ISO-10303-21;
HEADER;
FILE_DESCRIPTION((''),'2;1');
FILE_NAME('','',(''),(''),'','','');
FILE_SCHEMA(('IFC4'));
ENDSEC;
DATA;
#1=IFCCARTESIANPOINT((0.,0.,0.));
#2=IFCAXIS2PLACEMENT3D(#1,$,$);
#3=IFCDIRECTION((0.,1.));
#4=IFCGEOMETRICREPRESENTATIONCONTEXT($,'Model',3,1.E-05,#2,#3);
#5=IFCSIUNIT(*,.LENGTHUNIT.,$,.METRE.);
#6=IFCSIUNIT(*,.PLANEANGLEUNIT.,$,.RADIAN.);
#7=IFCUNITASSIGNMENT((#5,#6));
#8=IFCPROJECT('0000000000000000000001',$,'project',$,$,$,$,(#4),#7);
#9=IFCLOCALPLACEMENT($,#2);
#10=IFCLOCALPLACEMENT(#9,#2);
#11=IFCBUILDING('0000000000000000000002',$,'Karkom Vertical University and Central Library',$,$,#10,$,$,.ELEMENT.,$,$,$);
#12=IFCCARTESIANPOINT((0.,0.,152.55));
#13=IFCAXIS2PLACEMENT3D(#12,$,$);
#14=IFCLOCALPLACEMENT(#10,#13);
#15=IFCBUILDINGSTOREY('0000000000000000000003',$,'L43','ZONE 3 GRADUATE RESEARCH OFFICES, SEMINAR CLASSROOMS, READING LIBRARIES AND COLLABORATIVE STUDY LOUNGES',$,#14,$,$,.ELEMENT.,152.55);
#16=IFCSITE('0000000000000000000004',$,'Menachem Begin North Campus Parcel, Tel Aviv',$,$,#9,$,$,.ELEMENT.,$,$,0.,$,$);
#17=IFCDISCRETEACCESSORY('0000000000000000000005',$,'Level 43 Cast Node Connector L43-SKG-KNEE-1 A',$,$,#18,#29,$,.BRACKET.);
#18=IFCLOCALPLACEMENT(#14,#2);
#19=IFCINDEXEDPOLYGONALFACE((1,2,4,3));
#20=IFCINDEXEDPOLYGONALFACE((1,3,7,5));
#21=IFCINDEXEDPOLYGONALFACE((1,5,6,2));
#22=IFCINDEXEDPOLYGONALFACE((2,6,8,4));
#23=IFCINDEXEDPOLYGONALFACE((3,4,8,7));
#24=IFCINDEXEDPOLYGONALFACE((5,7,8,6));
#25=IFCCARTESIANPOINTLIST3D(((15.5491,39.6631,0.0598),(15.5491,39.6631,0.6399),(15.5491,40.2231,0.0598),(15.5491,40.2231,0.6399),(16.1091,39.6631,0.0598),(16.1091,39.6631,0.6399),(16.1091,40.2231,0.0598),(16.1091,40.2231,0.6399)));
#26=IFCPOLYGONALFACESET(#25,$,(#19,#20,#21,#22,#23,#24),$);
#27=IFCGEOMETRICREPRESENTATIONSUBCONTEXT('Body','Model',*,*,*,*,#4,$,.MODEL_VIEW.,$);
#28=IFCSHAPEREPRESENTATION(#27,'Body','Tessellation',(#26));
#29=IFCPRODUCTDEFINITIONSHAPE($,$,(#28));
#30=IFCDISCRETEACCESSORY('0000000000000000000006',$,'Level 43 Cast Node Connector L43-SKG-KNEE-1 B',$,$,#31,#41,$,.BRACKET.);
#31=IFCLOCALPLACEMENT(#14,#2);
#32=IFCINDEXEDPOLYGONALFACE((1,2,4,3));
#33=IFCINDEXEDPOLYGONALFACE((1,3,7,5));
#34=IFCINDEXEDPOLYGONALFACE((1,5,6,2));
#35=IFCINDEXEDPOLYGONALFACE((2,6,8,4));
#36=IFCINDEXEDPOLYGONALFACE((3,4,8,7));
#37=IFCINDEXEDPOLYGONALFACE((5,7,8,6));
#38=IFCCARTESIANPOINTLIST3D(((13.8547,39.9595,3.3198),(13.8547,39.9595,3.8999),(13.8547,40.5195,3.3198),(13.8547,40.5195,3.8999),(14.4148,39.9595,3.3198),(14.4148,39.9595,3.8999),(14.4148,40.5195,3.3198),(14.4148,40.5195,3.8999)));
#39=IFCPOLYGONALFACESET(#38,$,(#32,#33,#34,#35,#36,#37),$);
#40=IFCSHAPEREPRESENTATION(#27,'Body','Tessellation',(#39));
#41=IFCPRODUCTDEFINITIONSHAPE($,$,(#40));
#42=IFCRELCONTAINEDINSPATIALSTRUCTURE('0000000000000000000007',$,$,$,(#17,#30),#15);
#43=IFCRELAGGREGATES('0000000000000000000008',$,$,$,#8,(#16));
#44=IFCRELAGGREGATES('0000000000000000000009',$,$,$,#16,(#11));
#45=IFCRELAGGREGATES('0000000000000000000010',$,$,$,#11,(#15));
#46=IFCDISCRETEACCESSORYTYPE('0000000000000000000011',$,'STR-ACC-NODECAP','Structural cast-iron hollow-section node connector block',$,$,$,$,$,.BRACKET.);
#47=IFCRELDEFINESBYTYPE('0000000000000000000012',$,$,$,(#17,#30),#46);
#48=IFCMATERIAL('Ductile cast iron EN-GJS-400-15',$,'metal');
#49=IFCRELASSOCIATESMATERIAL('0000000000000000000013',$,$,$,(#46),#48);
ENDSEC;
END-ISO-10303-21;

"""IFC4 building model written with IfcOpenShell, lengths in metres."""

from ifc_helpers import new_model, si_unit, direction, frame, origin, origin_with_axes, origin_2d, place, context, subcontext, project, spatial, rectangle, extrude, source, transform, mapped, material, type_object, element, save


model = new_model("IFC4")

# Units and contexts
model_context = context("Model", 3, precision=1e-05, world=origin(), true_north=direction((0.0, 1.0)))
body_context = subcontext(model_context, "Body", "Model", "MODEL_VIEW")
ifc_project = project(units=[si_unit("LENGTHUNIT", "METRE"), si_unit("PLANEANGLEUNIT", "RADIAN")], contexts=[model_context])

# Site, building, storey
site_placement = place(None, origin())
site = spatial("IfcSite", under=ifc_project, at=site_placement, Name="Menachem Begin North Campus Parcel, Tel Aviv", CompositionType="ELEMENT", RefElevation=0.0)
building_placement = place(site_placement, origin())
building = spatial("IfcBuilding", under=site, at=building_placement, Name="Karkom Vertical University and Central Library", CompositionType="ELEMENT")
storey_placement = place(building_placement, frame((0.0, 0.0, 152.55)))
storey = spatial("IfcBuildingStorey", under=building, at=storey_placement, Name="L43", Description="ZONE 3 GRADUATE RESEARCH OFFICES, SEMINAR CLASSROOMS, READING LIBRARIES AND COLLABORATIVE STUDY LOUNGES", CompositionType="ELEMENT", Elevation=152.55)

# Discrete accessories
ifc_material_1 = material(Name="Ductile cast iron EN-GJS-400-15", Category="metal")
discrete_accessory_type = type_object("IfcDiscreteAccessoryType", Name="STR-ACC-NODECAP", Description="Structural cast-iron hollow-section node connector block", PredefinedType="BRACKET", material=ifc_material_1)
shared_shape_1 = source(origin_with_axes(), body_context, "Body", "SweptSolid", [
    extrude(rectangle(XDim=0.5601, YDim=0.5601, at=origin_2d()), origin(), (0.0, 0.0, 1.0), 0.5801),
])
for number, where, z_axis, x_axis, name in (
    (1, (15.8291, 39.9431, 0.0598), (0.0, 0.0, 1.0), (1.0, 0.0, 0.0), "Level 43 Cast Node Connector L43-SKG-KNEE-1 A"),
    (2, (14.1348, 40.2395, 3.3198), (0.0, 0.0, 1.0), (1.0, 0.0, 0.0), "Level 43 Cast Node Connector L43-SKG-KNEE-1 B"),
):
    element("IfcDiscreteAccessory", number, at=place(storey_placement, frame(where, z_axis=z_axis, x_axis=x_axis)), inside=storey, type_object=discrete_accessory_type, Name=name, PredefinedType="BRACKET", context=body_context, shape_type="MappedRepresentation", body=[
        mapped(shared_shape_1, transform((0.0, 0.0, 0.0), scale=1.0)),
    ])

save(model, "model.ifc")
